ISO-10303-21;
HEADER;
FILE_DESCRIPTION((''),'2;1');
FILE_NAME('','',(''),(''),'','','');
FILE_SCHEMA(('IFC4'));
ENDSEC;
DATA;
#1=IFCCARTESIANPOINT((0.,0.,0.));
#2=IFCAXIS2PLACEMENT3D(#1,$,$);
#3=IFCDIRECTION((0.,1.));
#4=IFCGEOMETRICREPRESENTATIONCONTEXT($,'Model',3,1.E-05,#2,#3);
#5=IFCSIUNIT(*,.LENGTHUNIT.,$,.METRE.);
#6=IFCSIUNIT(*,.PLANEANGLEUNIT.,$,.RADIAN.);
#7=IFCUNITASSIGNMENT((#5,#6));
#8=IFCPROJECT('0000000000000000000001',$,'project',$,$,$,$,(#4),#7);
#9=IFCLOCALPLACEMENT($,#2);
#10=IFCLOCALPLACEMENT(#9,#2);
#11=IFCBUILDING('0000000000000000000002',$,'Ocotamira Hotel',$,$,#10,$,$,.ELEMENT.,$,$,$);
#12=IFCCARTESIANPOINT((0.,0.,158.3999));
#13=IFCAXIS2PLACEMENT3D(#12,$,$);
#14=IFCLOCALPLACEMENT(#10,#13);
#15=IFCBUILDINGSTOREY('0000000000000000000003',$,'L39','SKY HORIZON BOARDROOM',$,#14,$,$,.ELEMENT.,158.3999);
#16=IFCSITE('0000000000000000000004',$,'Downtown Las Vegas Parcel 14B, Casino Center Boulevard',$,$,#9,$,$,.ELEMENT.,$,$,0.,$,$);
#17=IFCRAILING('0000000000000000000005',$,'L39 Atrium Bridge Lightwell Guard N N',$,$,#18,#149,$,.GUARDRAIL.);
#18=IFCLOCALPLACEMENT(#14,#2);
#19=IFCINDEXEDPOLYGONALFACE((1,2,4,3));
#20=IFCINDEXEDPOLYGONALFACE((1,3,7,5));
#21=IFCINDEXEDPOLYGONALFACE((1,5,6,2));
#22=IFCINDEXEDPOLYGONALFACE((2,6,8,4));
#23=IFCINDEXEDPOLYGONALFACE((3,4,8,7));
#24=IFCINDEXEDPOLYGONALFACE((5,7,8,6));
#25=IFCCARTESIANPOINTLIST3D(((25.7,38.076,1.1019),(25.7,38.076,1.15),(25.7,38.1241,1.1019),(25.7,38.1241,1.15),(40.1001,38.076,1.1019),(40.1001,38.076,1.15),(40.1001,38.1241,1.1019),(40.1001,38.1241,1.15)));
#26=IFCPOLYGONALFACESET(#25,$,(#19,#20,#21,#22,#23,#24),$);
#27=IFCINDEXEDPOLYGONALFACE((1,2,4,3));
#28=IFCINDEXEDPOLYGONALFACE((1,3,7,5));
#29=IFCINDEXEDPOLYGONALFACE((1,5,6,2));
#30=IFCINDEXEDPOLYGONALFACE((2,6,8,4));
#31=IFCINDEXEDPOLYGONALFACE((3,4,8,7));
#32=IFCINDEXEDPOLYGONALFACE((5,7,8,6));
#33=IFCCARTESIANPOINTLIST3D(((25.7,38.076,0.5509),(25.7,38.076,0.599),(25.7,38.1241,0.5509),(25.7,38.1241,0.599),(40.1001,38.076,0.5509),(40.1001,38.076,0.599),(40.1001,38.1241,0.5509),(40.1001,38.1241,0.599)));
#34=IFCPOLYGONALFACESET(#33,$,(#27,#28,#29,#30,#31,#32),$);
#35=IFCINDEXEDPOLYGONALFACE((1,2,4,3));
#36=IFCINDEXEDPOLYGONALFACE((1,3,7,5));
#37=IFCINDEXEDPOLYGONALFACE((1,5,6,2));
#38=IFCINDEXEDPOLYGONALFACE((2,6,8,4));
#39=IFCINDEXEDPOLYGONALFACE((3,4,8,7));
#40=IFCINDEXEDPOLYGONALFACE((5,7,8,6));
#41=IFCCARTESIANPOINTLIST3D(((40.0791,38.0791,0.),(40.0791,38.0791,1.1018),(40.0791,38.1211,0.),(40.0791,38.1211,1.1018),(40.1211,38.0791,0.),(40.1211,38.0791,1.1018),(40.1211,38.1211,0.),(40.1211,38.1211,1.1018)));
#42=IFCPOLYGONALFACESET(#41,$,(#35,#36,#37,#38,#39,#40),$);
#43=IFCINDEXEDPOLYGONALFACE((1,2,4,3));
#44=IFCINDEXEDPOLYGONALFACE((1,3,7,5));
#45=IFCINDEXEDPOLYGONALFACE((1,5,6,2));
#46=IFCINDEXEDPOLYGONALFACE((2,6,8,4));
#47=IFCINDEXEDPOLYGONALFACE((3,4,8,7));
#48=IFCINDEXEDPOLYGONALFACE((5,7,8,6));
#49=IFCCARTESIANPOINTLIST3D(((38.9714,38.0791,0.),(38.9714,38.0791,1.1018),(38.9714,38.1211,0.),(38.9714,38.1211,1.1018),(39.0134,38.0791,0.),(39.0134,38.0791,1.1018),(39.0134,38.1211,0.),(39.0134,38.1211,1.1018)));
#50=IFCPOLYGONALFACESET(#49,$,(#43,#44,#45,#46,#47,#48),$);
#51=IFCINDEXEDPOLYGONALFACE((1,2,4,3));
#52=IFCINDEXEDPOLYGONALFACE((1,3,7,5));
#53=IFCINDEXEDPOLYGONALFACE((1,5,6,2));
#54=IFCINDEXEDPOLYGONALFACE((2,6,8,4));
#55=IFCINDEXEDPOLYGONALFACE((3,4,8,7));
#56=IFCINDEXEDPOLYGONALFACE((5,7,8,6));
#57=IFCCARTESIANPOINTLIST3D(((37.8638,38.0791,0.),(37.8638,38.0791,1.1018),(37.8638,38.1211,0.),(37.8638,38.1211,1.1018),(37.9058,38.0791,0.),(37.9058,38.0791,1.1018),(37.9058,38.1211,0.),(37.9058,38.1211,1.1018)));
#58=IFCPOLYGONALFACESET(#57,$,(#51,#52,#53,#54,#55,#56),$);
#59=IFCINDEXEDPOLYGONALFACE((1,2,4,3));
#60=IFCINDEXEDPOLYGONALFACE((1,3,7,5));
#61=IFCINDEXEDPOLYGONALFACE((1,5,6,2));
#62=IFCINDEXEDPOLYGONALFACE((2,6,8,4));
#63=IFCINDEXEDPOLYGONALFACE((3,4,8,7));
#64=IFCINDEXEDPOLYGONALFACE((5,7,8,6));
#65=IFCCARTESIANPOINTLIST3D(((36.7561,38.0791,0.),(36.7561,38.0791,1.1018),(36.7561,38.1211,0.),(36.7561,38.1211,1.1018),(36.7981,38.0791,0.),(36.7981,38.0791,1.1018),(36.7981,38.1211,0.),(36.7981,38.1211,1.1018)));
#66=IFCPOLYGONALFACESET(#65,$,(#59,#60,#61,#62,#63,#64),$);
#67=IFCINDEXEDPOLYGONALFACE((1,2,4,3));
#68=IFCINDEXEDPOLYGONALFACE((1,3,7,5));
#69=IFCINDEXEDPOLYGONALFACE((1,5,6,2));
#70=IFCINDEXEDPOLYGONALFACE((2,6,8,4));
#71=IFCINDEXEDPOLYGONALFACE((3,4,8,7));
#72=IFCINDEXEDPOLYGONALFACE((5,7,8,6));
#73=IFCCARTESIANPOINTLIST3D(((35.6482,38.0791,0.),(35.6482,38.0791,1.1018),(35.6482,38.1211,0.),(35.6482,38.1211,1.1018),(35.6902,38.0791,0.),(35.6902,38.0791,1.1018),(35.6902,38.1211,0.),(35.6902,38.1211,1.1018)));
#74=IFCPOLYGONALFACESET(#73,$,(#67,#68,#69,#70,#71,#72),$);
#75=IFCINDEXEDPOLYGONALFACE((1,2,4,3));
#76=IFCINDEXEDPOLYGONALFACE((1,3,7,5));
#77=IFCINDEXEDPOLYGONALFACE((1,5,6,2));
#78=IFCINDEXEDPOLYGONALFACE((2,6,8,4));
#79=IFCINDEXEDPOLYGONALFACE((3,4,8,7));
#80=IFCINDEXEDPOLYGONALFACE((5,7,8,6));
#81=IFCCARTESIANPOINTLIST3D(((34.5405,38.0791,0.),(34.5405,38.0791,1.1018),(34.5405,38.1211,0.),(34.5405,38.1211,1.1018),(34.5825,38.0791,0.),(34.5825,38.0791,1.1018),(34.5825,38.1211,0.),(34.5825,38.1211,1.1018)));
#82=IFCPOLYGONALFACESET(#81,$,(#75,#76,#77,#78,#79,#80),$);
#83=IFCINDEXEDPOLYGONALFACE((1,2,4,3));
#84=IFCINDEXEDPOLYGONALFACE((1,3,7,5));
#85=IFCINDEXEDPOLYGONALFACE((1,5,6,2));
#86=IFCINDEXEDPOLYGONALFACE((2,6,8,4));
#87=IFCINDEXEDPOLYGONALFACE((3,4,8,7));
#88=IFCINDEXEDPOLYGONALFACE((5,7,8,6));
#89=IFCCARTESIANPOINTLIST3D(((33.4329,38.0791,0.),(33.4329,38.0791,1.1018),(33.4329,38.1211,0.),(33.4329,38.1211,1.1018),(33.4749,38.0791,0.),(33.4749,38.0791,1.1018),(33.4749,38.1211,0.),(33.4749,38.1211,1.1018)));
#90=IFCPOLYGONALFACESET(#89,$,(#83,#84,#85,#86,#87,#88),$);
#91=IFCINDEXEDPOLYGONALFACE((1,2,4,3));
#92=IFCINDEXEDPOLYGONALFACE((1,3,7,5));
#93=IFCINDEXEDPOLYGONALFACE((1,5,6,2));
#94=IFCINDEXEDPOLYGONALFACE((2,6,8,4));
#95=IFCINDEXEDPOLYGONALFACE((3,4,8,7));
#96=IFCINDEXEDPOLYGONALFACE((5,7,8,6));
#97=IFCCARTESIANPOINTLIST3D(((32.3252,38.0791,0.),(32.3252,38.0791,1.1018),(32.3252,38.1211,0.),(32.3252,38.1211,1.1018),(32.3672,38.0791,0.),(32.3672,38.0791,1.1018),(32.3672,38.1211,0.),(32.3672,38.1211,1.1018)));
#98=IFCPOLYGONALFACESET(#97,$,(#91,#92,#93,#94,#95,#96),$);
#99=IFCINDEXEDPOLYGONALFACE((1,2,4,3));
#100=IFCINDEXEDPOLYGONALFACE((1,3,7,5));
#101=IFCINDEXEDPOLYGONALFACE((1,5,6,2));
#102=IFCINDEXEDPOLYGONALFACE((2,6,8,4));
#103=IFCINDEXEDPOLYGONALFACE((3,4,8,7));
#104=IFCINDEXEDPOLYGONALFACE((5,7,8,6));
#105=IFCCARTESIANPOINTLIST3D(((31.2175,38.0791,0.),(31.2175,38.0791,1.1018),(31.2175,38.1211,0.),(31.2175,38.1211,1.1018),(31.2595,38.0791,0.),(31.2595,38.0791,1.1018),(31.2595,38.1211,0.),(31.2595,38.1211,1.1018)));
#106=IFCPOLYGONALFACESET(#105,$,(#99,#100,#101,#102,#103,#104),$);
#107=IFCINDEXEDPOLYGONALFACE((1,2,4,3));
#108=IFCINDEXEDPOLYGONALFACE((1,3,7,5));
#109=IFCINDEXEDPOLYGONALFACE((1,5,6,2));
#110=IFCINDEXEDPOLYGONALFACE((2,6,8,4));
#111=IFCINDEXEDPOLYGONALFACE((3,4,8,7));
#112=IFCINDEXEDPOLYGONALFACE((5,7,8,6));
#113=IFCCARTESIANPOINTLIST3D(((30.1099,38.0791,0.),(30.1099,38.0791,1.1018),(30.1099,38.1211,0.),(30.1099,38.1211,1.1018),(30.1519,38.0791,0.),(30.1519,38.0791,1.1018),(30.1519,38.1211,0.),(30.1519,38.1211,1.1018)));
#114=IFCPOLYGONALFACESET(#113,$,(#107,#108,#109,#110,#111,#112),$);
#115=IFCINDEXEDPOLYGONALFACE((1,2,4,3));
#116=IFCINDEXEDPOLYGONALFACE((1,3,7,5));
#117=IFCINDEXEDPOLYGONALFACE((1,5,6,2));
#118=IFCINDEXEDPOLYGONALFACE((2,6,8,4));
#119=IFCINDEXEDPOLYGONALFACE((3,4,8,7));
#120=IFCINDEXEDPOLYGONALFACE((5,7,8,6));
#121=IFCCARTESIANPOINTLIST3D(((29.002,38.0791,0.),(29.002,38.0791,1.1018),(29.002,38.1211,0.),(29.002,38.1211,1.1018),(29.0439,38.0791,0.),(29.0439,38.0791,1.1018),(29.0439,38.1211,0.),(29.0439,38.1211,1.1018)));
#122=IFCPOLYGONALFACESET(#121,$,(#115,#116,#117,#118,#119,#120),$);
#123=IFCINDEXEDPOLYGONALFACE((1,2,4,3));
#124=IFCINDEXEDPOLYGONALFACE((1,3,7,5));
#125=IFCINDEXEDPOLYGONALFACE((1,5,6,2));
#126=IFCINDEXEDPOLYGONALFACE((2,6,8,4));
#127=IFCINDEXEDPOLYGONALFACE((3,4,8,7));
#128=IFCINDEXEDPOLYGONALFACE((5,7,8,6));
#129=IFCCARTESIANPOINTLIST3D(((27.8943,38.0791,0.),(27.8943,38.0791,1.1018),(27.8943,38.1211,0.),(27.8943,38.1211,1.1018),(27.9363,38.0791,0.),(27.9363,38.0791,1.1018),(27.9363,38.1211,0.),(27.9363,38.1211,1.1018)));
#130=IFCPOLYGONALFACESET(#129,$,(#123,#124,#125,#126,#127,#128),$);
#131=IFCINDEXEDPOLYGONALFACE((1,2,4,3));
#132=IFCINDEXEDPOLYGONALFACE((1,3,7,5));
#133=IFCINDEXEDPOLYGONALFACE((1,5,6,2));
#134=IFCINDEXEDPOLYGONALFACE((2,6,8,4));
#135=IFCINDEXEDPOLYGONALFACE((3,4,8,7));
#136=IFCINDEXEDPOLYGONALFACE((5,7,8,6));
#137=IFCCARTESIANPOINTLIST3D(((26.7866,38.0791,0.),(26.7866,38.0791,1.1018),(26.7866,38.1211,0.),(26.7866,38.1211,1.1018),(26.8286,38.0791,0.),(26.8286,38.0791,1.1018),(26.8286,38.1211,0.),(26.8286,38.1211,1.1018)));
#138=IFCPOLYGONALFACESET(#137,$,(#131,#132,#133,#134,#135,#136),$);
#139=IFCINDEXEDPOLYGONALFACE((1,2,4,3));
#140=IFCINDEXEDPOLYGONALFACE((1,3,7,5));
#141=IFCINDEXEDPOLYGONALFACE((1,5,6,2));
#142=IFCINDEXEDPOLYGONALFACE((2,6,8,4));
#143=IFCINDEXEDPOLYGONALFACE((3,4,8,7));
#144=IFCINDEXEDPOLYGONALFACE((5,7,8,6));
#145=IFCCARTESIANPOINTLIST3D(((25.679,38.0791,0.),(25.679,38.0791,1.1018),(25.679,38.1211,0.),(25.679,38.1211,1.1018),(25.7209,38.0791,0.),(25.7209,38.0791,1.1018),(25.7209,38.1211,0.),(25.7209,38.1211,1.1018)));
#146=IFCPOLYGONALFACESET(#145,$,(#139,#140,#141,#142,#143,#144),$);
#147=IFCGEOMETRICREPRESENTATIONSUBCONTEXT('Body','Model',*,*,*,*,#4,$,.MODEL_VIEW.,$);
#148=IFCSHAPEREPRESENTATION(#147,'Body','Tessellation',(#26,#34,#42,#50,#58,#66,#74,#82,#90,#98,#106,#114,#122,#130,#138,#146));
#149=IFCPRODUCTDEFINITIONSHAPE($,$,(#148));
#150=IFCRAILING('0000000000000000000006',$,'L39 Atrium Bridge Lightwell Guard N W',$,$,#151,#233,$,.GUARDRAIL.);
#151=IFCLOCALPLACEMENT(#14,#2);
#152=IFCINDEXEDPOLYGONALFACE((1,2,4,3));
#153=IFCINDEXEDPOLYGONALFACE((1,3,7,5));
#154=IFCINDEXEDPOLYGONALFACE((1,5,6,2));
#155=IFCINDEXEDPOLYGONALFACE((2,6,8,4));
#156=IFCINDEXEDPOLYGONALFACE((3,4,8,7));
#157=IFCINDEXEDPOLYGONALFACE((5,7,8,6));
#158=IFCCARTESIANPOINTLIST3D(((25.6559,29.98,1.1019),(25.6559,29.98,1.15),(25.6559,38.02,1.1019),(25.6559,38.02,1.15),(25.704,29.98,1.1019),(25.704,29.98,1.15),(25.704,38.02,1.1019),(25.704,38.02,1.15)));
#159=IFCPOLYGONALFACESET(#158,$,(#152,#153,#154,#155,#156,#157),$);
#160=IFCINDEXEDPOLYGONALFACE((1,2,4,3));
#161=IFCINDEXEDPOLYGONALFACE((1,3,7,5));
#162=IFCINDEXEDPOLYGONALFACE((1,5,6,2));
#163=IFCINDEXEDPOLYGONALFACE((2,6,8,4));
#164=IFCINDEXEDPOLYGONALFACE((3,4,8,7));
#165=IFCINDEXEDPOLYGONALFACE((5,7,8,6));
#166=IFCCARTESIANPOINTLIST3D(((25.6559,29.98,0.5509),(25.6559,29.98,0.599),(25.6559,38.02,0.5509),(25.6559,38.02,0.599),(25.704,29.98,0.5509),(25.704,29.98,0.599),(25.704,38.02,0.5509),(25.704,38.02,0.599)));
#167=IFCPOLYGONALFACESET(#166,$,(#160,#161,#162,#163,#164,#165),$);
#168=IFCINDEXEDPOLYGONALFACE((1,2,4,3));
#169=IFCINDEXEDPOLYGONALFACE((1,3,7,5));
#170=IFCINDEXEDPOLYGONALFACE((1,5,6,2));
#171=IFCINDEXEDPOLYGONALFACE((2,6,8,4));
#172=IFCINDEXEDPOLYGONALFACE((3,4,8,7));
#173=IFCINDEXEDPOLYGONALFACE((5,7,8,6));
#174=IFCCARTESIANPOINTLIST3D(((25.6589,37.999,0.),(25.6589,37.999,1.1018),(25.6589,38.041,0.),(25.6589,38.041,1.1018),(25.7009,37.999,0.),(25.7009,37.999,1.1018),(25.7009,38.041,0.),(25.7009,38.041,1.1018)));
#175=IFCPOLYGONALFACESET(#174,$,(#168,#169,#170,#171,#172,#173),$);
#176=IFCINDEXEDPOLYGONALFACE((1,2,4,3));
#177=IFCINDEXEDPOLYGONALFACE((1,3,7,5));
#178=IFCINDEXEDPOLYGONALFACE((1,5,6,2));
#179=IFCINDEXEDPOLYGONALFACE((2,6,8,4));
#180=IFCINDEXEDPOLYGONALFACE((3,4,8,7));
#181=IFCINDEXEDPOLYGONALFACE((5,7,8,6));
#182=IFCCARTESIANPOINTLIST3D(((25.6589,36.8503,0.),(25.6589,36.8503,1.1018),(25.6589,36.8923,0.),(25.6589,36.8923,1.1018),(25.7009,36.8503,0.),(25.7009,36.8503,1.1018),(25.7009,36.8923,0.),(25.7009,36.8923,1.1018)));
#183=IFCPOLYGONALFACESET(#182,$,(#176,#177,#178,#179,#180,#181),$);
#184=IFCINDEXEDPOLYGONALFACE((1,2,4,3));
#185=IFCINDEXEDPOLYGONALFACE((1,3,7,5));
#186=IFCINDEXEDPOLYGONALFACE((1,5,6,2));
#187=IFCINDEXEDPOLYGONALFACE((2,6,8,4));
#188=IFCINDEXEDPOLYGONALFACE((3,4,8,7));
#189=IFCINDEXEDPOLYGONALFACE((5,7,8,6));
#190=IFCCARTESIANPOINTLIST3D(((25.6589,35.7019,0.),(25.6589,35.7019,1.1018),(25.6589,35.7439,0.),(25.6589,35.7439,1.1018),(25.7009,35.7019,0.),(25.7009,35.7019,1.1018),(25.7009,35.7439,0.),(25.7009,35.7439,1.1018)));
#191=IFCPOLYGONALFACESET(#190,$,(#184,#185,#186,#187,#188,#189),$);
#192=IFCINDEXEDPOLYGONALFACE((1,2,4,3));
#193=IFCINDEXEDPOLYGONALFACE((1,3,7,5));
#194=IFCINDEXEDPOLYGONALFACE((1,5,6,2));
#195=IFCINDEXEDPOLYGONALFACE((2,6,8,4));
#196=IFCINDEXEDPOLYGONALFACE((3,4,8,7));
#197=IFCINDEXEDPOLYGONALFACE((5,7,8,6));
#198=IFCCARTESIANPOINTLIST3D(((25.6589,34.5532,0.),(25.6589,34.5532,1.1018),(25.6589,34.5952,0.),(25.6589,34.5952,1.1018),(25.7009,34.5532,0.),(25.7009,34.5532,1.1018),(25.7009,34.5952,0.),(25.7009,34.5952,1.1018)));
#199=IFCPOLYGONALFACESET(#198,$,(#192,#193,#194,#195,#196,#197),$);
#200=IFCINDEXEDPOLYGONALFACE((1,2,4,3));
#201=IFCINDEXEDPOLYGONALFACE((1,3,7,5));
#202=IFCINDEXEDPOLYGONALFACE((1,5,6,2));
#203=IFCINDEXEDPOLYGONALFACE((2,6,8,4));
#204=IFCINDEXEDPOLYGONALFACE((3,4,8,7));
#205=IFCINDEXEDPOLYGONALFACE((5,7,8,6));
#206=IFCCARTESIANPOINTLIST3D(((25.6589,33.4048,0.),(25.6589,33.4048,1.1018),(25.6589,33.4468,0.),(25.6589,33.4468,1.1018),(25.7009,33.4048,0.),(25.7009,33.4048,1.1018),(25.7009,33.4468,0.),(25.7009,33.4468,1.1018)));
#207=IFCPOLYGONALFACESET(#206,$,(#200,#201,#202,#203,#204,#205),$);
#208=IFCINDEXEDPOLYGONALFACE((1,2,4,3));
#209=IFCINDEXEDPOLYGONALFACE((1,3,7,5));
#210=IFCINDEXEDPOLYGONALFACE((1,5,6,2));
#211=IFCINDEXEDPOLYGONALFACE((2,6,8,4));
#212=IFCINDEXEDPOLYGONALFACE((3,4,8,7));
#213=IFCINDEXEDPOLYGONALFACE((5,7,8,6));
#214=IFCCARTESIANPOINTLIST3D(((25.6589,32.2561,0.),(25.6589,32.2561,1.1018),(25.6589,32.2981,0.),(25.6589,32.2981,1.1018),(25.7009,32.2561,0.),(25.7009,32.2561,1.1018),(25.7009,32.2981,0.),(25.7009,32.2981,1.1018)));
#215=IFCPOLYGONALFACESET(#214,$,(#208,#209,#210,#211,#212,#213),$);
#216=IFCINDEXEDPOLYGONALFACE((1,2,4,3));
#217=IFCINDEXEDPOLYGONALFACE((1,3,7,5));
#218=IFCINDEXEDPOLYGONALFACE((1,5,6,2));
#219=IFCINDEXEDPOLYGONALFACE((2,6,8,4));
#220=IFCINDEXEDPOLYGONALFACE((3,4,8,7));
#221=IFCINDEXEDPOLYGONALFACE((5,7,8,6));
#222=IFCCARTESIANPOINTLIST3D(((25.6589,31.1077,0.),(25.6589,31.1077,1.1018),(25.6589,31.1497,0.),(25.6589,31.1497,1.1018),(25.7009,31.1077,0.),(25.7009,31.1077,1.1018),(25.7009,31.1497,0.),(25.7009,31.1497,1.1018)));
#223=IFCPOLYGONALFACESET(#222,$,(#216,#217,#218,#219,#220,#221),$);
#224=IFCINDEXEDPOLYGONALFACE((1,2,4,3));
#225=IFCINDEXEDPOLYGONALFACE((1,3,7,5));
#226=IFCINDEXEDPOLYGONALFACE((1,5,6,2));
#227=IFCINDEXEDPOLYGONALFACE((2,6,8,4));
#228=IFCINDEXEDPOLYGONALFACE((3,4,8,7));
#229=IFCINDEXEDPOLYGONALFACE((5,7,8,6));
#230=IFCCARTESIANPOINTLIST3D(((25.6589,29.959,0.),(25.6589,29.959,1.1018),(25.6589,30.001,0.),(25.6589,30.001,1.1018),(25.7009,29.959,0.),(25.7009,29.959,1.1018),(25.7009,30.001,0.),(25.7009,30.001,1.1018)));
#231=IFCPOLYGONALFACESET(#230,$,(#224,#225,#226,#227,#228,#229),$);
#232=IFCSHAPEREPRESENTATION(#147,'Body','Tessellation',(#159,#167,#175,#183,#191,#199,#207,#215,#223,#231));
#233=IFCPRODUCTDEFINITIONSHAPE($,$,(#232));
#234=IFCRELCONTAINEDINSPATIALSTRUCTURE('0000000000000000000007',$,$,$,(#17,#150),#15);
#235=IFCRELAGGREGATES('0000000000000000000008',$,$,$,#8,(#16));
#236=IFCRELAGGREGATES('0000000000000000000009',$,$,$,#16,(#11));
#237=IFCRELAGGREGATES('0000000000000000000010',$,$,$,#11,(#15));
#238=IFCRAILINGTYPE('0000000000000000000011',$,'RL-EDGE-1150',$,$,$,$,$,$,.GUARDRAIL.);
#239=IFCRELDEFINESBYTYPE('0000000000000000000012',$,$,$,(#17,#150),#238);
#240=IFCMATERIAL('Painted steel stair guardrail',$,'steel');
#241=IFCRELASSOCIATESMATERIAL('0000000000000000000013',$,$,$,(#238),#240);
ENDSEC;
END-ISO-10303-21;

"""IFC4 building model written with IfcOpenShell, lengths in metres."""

from ifc_helpers import new_model, si_unit, direction, frame, origin, origin_2d, place, context, subcontext, project, spatial, rectangle, extrude, material, type_object, element, save


model = new_model("IFC4")

# Units and contexts
model_context = context("Model", 3, precision=1e-05, world=origin(), true_north=direction((0.0, 1.0)))
body_context = subcontext(model_context, "Body", "Model", "MODEL_VIEW")
ifc_project = project(units=[si_unit("LENGTHUNIT", "METRE"), si_unit("PLANEANGLEUNIT", "RADIAN")], contexts=[model_context])

# Site, building, storey
site_placement = place(None, origin())
site = spatial("IfcSite", under=ifc_project, at=site_placement, Name="Downtown Las Vegas Parcel 14B, Casino Center Boulevard", CompositionType="ELEMENT", RefElevation=0.0)
building_placement = place(site_placement, origin())
building = spatial("IfcBuilding", under=site, at=building_placement, Name="Ocotamira Hotel", CompositionType="ELEMENT")
storey_placement = place(building_placement, frame((0.0, 0.0, 158.3999)))
storey = spatial("IfcBuildingStorey", under=building, at=storey_placement, Name="L39", Description="SKY HORIZON BOARDROOM", CompositionType="ELEMENT", Elevation=158.3999)

# Railings
ifc_material_1 = material(Name="Painted steel stair guardrail", Category="steel")
railing_type_1 = type_object("IfcRailingType", Name="RL-EDGE-1150", PredefinedType="GUARDRAIL", material=ifc_material_1)
railing_1_placement = place(storey_placement, frame((40.1001, 38.1001, 0.0)))
element("IfcRailing", 1, at=railing_1_placement, inside=storey, type_object=railing_type_1, Name="L39 Atrium Bridge Lightwell Guard N N", PredefinedType="GUARDRAIL", context=body_context, shape_type="SweptSolid", body=[
    extrude(rectangle(XDim=0.0481, YDim=0.0481, at=origin_2d()), frame((0.0, 0.0, 1.126), z_axis=(-1.0, 0.0, 0.0), x_axis=(0.0, -1.0, 0.0)), (0.0, 0.0, 1.0), 14.4001),
    extrude(rectangle(XDim=0.0481, YDim=0.0481, at=origin_2d()), frame((0.0, 0.0, 0.575), z_axis=(-1.0, 0.0, 0.0), x_axis=(0.0, -1.0, 0.0)), (0.0, 0.0, 1.0), 14.4001),
    extrude(rectangle(XDim=0.042, YDim=0.042, at=origin_2d()), origin(), (0.0, 0.0, 1.0), 1.1018),
    extrude(rectangle(XDim=0.042, YDim=0.042, at=origin_2d()), frame((-1.1077, 0.0, 0.0)), (0.0, 0.0, 1.0), 1.1018),
    extrude(rectangle(XDim=0.042, YDim=0.042, at=origin_2d()), frame((-2.2153, 0.0, 0.0)), (0.0, 0.0, 1.0), 1.1018),
    extrude(rectangle(XDim=0.042, YDim=0.042, at=origin_2d()), frame((-3.323, 0.0, 0.0)), (0.0, 0.0, 1.0), 1.1018),
    extrude(rectangle(XDim=0.042, YDim=0.042, at=origin_2d()), frame((-4.4309, 0.0, 0.0)), (0.0, 0.0, 1.0), 1.1018),
    extrude(rectangle(XDim=0.042, YDim=0.042, at=origin_2d()), frame((-5.5386, 0.0, 0.0)), (0.0, 0.0, 1.0), 1.1018),
    extrude(rectangle(XDim=0.042, YDim=0.042, at=origin_2d()), frame((-6.6462, 0.0, 0.0)), (0.0, 0.0, 1.0), 1.1018),
    extrude(rectangle(XDim=0.042, YDim=0.042, at=origin_2d()), frame((-7.7539, 0.0, 0.0)), (0.0, 0.0, 1.0), 1.1018),
    extrude(rectangle(XDim=0.042, YDim=0.042, at=origin_2d()), frame((-8.8616, 0.0, 0.0)), (0.0, 0.0, 1.0), 1.1018),
    extrude(rectangle(XDim=0.042, YDim=0.042, at=origin_2d()), frame((-9.9692, 0.0, 0.0)), (0.0, 0.0, 1.0), 1.1018),
    extrude(rectangle(XDim=0.042, YDim=0.042, at=origin_2d()), frame((-11.0771, 0.0, 0.0)), (0.0, 0.0, 1.0), 1.1018),
    extrude(rectangle(XDim=0.042, YDim=0.042, at=origin_2d()), frame((-12.1848, 0.0, 0.0)), (0.0, 0.0, 1.0), 1.1018),
    extrude(rectangle(XDim=0.042, YDim=0.042, at=origin_2d()), frame((-13.2925, 0.0, 0.0)), (0.0, 0.0, 1.0), 1.1018),
    extrude(rectangle(XDim=0.042, YDim=0.042, at=origin_2d()), frame((-14.4001, 0.0, 0.0)), (0.0, 0.0, 1.0), 1.1018),
])
railing_2_placement = place(storey_placement, frame((25.6799, 38.02, 0.0)))
element("IfcRailing", 2, at=railing_2_placement, inside=storey, type_object=railing_type_1, Name="L39 Atrium Bridge Lightwell Guard N W", PredefinedType="GUARDRAIL", context=body_context, shape_type="SweptSolid", body=[
    extrude(rectangle(XDim=0.0481, YDim=0.0481, at=origin_2d()), frame((0.0, 0.0, 1.126), z_axis=(0.0, -1.0, 0.0), x_axis=(1.0, 0.0, 0.0)), (0.0, 0.0, 1.0), 8.04),
    extrude(rectangle(XDim=0.0481, YDim=0.0481, at=origin_2d()), frame((0.0, 0.0, 0.575), z_axis=(0.0, -1.0, 0.0), x_axis=(1.0, 0.0, 0.0)), (0.0, 0.0, 1.0), 8.04),
    extrude(rectangle(XDim=0.042, YDim=0.042, at=origin_2d()), origin(), (0.0, 0.0, 1.0), 1.1018),
    extrude(rectangle(XDim=0.042, YDim=0.042, at=origin_2d()), frame((0.0, -1.1487, 0.0)), (0.0, 0.0, 1.0), 1.1018),
    extrude(rectangle(XDim=0.042, YDim=0.042, at=origin_2d()), frame((0.0, -2.2971, 0.0)), (0.0, 0.0, 1.0), 1.1018),
    extrude(rectangle(XDim=0.042, YDim=0.042, at=origin_2d()), frame((0.0, -3.4458, 0.0)), (0.0, 0.0, 1.0), 1.1018),
    extrude(rectangle(XDim=0.042, YDim=0.042, at=origin_2d()), frame((0.0, -4.5942, 0.0)), (0.0, 0.0, 1.0), 1.1018),
    extrude(rectangle(XDim=0.042, YDim=0.042, at=origin_2d()), frame((0.0, -5.7429, 0.0)), (0.0, 0.0, 1.0), 1.1018),
    extrude(rectangle(XDim=0.042, YDim=0.042, at=origin_2d()), frame((0.0, -6.8914, 0.0)), (0.0, 0.0, 1.0), 1.1018),
    extrude(rectangle(XDim=0.042, YDim=0.042, at=origin_2d()), frame((0.0, -8.04, 0.0)), (0.0, 0.0, 1.0), 1.1018),
])

save(model, "model.ifc")
